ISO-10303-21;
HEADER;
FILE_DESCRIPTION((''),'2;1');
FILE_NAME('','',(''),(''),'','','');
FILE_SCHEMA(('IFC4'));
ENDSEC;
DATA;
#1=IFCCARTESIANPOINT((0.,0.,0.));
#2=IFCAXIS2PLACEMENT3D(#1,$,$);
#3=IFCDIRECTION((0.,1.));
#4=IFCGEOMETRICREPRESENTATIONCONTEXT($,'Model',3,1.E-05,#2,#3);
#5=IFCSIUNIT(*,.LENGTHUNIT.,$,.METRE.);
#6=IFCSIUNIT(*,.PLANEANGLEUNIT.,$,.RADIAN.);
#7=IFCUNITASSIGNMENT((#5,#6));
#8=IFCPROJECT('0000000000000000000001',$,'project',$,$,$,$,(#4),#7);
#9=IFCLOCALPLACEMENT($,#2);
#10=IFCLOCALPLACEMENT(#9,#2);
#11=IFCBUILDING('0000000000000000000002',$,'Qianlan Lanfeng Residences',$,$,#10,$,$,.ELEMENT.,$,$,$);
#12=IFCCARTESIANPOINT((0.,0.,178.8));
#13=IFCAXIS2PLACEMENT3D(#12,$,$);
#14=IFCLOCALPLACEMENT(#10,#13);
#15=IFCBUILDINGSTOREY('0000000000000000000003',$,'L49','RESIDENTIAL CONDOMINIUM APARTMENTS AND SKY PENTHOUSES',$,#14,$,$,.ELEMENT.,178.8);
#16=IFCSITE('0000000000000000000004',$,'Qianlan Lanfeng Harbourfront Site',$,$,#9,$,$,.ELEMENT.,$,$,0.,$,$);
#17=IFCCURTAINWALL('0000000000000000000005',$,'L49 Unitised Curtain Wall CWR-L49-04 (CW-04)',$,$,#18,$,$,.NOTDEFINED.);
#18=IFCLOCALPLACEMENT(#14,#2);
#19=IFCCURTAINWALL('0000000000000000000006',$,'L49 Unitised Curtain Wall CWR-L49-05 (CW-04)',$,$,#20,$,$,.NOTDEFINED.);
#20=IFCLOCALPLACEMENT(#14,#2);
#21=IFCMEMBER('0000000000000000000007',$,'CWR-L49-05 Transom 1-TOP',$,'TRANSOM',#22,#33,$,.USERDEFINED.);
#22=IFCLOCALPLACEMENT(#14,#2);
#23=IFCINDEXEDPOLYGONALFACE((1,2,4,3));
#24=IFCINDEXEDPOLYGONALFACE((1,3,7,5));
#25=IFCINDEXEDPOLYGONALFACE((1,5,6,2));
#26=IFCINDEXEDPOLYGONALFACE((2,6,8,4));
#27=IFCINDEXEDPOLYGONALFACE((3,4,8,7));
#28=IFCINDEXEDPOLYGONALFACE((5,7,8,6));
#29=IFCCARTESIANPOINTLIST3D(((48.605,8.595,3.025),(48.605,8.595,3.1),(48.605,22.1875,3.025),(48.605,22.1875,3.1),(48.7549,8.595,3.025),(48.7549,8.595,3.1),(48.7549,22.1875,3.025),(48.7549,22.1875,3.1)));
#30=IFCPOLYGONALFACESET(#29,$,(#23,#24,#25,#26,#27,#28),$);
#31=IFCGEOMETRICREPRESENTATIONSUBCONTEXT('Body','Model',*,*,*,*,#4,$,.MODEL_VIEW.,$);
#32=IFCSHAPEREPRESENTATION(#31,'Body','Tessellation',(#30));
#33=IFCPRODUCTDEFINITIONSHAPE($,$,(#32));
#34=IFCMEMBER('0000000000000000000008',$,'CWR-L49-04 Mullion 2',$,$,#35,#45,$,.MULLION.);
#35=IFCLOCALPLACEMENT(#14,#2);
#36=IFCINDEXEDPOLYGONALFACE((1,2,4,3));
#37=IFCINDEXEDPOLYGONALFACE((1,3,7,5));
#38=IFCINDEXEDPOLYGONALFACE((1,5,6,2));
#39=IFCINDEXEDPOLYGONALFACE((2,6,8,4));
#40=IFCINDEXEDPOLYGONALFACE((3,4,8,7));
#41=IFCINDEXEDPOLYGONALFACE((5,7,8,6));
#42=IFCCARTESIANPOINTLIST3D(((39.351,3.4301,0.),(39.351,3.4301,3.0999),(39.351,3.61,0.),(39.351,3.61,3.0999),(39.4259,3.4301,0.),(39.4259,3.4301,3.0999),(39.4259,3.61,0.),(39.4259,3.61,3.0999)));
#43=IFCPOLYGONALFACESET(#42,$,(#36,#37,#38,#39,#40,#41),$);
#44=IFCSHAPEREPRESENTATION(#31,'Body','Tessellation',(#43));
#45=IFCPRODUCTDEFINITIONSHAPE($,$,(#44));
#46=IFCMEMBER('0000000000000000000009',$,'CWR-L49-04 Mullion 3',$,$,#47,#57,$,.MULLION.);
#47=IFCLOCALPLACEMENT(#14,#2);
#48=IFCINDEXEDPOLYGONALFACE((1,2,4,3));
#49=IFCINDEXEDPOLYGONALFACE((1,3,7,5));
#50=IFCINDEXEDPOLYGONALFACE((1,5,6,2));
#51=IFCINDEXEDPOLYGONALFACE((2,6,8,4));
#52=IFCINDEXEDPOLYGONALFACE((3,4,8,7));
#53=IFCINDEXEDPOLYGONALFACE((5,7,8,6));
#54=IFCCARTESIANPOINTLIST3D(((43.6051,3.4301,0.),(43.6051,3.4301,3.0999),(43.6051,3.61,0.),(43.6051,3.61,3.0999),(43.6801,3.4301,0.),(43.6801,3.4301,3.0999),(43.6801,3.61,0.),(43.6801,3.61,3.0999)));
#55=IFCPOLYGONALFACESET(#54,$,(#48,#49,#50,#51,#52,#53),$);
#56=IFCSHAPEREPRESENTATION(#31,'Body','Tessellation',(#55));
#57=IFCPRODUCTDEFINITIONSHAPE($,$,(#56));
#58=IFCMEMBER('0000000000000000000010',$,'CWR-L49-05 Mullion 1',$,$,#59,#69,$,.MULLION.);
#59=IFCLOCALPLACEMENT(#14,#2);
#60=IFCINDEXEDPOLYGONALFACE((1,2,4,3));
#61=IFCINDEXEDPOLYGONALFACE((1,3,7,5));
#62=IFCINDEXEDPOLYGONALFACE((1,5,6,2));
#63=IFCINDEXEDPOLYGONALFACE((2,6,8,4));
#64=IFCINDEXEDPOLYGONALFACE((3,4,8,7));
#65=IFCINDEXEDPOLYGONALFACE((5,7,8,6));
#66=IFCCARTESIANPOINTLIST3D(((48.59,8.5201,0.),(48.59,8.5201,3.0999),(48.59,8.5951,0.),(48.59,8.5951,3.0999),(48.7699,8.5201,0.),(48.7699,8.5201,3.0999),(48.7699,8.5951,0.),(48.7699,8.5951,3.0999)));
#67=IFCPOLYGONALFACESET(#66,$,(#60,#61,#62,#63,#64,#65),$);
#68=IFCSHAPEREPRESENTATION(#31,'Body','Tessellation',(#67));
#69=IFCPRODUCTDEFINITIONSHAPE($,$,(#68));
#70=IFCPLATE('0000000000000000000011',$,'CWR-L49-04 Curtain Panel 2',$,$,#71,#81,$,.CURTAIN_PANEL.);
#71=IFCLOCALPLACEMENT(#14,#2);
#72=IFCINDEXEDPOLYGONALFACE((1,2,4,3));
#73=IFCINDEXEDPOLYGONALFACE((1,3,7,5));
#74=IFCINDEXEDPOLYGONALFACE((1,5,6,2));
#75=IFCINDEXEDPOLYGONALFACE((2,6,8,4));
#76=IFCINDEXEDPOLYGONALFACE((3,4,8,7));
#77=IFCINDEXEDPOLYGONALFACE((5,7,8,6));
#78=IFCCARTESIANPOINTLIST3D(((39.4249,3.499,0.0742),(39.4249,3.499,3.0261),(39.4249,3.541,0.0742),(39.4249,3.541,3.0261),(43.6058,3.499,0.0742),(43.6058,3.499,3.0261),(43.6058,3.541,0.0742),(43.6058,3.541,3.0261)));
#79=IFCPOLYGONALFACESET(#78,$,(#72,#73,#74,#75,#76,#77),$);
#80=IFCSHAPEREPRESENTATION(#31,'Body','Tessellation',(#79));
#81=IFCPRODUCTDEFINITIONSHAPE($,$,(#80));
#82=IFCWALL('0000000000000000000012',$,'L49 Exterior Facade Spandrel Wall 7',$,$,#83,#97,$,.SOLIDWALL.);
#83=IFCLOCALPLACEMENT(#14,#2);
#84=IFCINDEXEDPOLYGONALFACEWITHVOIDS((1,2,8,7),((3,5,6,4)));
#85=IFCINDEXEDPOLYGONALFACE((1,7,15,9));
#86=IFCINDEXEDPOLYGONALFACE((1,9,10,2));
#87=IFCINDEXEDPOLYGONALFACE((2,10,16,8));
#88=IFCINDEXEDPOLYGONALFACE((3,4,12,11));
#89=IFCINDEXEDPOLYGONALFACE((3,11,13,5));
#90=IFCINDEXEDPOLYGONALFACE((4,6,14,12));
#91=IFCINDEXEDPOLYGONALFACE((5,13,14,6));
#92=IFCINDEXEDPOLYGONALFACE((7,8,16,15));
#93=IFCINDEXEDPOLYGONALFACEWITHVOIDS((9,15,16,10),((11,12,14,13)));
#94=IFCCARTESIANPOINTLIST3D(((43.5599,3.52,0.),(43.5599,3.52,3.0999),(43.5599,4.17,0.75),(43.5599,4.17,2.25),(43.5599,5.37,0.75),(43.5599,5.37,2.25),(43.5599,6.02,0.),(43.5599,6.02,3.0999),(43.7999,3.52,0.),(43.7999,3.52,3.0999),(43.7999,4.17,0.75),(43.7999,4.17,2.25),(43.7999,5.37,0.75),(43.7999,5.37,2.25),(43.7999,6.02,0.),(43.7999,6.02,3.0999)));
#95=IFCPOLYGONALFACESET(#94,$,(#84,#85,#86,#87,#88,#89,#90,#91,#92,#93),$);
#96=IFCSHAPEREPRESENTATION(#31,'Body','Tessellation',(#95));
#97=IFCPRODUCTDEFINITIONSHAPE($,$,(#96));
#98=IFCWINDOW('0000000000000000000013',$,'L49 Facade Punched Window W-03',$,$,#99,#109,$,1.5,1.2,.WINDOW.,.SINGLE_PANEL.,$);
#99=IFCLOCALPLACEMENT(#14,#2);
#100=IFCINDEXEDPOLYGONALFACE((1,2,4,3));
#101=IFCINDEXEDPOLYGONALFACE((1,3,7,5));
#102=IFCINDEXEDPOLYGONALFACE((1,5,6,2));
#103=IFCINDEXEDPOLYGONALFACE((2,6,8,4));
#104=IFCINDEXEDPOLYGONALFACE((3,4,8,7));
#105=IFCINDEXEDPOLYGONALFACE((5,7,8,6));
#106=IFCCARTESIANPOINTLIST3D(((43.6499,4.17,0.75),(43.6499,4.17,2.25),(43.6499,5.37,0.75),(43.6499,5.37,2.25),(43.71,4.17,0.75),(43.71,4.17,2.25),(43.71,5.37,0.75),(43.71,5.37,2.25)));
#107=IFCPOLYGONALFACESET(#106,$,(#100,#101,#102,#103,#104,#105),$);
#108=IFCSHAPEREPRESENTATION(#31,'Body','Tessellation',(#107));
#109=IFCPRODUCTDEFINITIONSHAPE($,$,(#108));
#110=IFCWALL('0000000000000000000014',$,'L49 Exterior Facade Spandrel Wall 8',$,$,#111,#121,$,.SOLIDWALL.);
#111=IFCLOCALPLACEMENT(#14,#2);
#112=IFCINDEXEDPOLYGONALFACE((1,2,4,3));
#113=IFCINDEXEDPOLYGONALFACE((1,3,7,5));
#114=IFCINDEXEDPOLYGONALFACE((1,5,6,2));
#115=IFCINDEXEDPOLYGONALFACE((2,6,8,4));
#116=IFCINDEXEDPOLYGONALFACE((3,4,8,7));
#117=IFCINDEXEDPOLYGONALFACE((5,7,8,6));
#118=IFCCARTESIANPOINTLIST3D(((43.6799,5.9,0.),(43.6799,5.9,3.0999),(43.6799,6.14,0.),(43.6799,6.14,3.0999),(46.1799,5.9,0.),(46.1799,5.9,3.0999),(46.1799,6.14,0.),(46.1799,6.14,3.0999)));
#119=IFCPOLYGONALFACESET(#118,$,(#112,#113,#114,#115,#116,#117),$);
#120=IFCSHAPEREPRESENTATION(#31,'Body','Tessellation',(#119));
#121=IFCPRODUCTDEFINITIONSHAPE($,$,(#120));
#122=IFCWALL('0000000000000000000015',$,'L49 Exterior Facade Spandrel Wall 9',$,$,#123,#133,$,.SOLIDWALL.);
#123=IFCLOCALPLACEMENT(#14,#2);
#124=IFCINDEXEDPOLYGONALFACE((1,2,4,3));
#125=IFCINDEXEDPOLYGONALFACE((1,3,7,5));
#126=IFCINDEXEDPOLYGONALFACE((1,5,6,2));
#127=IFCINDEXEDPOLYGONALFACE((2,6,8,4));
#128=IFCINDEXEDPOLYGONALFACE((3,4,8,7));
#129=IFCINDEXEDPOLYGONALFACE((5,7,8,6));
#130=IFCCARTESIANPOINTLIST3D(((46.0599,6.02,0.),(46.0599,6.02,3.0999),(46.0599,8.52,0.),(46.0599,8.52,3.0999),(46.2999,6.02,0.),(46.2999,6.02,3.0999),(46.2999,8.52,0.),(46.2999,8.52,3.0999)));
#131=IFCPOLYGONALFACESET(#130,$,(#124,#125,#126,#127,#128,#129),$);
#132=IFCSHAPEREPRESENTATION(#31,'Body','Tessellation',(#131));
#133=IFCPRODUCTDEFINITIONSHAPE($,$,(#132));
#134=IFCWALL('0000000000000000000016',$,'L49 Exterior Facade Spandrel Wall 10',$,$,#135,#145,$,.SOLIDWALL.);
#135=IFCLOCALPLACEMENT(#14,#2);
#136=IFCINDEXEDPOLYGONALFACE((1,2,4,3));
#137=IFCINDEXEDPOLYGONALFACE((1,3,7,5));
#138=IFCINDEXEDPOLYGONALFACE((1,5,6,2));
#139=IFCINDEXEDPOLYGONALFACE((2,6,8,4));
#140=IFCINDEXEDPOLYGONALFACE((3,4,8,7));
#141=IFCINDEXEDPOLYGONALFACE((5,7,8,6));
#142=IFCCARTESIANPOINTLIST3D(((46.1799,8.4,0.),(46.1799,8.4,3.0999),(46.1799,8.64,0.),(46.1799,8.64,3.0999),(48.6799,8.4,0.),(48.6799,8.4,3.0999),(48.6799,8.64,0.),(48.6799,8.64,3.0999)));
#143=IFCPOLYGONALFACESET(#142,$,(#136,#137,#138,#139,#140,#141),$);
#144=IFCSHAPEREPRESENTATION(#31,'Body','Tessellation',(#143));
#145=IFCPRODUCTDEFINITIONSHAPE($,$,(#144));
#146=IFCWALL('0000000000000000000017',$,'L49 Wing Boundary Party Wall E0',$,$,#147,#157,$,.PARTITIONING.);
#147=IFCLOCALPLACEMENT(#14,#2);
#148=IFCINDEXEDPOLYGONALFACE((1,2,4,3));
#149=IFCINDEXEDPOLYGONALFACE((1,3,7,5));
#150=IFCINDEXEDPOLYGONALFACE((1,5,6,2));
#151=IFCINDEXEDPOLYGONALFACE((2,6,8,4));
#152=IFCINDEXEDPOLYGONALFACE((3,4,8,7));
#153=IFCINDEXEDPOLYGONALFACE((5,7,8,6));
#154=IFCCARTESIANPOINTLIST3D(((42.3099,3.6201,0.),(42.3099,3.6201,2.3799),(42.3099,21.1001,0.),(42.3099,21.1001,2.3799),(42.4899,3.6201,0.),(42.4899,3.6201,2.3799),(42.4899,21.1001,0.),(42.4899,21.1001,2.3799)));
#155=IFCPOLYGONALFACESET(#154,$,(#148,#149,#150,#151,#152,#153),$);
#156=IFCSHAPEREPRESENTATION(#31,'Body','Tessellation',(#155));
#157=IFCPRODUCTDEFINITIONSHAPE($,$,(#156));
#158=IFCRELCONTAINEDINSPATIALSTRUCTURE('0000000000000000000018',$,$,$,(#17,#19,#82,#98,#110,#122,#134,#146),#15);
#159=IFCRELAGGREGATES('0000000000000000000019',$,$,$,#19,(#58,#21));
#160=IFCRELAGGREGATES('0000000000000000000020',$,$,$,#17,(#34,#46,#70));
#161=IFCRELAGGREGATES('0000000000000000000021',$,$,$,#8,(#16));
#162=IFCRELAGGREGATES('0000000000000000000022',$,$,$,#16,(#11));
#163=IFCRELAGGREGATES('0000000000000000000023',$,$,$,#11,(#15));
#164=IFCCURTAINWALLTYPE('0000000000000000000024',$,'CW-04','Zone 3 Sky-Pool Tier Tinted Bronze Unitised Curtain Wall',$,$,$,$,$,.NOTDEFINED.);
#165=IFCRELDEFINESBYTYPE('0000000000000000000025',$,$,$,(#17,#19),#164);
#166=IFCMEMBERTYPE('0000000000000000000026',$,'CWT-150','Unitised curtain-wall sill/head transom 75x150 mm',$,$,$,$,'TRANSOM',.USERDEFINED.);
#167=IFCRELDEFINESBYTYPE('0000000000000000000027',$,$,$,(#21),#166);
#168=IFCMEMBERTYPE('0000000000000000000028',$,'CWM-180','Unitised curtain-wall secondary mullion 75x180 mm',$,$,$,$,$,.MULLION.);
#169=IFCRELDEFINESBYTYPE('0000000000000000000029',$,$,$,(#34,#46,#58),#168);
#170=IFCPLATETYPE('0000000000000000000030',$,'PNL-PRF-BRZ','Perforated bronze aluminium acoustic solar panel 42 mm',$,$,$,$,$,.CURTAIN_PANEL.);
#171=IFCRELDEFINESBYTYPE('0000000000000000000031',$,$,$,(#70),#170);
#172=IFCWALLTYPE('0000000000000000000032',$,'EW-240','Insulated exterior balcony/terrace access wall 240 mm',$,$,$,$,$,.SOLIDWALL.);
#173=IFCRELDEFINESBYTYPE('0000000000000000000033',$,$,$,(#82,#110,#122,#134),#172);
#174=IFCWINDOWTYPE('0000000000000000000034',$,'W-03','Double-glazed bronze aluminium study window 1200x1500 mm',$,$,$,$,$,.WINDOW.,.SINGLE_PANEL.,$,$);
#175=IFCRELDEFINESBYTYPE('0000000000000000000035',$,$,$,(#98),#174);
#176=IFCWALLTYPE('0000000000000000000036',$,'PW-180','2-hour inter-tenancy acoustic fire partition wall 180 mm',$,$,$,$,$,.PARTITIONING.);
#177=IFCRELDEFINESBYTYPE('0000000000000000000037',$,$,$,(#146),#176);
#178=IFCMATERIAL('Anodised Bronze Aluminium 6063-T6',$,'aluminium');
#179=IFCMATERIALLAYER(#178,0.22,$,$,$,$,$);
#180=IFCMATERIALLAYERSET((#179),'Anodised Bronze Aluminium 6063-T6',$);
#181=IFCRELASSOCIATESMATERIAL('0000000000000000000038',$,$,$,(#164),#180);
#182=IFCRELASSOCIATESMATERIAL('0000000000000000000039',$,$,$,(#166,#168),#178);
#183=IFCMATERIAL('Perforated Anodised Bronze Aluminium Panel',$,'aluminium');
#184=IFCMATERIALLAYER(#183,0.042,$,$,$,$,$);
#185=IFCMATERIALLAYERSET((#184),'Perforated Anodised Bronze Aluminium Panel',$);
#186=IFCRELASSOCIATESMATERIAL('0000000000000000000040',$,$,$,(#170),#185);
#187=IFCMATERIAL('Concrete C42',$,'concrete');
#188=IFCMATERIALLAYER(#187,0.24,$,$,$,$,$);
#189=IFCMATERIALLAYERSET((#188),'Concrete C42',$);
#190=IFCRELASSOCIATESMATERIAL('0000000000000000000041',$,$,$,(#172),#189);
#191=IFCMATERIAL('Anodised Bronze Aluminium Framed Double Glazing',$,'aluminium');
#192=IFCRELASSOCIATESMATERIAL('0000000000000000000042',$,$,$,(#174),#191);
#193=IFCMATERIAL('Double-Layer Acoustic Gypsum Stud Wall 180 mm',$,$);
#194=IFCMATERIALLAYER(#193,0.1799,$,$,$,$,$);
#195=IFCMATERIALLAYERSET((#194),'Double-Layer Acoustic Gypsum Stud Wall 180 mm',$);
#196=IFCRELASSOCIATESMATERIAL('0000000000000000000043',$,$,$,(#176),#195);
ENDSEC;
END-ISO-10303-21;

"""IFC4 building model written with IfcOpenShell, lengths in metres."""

from ifc_helpers import new_model, si_unit, direction, frame, frame_2d, origin, origin_2d, place, context, subcontext, project, spatial, rectangle, extrude, source, transform, mapped, material, layer, layer_set, material_profile, profile_set, type_object, element, fill, aggregate, save


model = new_model("IFC4")

# Units and contexts
model_context = context("Model", 3, precision=1e-05, world=origin(), true_north=direction((0.0, 1.0)))
body_context = subcontext(model_context, "Body", "Model", "MODEL_VIEW")
ifc_project = project(units=[si_unit("LENGTHUNIT", "METRE"), si_unit("PLANEANGLEUNIT", "RADIAN")], contexts=[model_context])

# Site, building, storey
site_placement = place(None, origin())
site = spatial("IfcSite", under=ifc_project, at=site_placement, Name="Qianlan Lanfeng Harbourfront Site", CompositionType="ELEMENT", RefElevation=0.0)
building_placement = place(site_placement, origin())
building = spatial("IfcBuilding", under=site, at=building_placement, Name="Qianlan Lanfeng Residences", CompositionType="ELEMENT")
storey_placement = place(building_placement, frame((0.0, 0.0, 178.8)))
storey = spatial("IfcBuildingStorey", under=building, at=storey_placement, Name="L49", Description="RESIDENTIAL CONDOMINIUM APARTMENTS AND SKY PENTHOUSES", CompositionType="ELEMENT", Elevation=178.8)

# Curtain walls, member
ifc_material_1 = material(Name="Anodised Bronze Aluminium 6063-T6", Category="aluminium")
ifc_layer_1 = layer(ifc_material_1, 0.22)
ifc_layer_set_1 = layer_set([ifc_layer_1], Name="Anodised Bronze Aluminium 6063-T6")
curtain_wall_type = type_object("IfcCurtainWallType", Name="CW-04", Description="Zone 3 Sky-Pool Tier Tinted Bronze Unitised Curtain Wall", PredefinedType="NOTDEFINED", material=ifc_layer_set_1)
curtain_wall_1_placement = place(storey_placement, origin())
curtain_wall_1 = element("IfcCurtainWall", 1, at=curtain_wall_1_placement, inside=storey, type_object=curtain_wall_type, Name="L49 Unitised Curtain Wall CWR-L49-04 (CW-04)", PredefinedType="NOTDEFINED")
ifc_material_profile_1 = material_profile(ifc_material_1, rectangle(XDim=0.075, YDim=0.1499, at=origin_2d()), Name="ALU TRANSOM 75x150")
ifc_profile_set_1 = profile_set([ifc_material_profile_1], Name="Anodised Bronze Aluminium 6063-T6")
member_type_1 = type_object("IfcMemberType", Name="CWT-150", Description="Unitised curtain-wall sill/head transom 75x150 mm", ElementType="TRANSOM", PredefinedType="USERDEFINED", material=ifc_profile_set_1)
curtain_wall_2_placement = place(storey_placement, origin())
curtain_wall_2 = element("IfcCurtainWall", 2, at=curtain_wall_2_placement, inside=storey, type_object=curtain_wall_type, Name="L49 Unitised Curtain Wall CWR-L49-05 (CW-04)", PredefinedType="NOTDEFINED")
shared_shape_1 = source(origin(), body_context, "Body", "SweptSolid", [
    extrude(rectangle(XDim=0.075, YDim=0.1499, at=origin_2d()), origin(), (0.0, 0.0, 1.0), 13.5925),
])
member_1_placement = place(storey_placement, frame((48.6799, 8.595, 3.0625), z_axis=(0.0, 1.0, 0.0), x_axis=(0.0, 0.0, 1.0)))
member_1 = element("IfcMember", 3, at=member_1_placement, type_object=member_type_1, Name="CWR-L49-05 Transom 1-TOP", ObjectType="TRANSOM", PredefinedType="USERDEFINED", context=body_context, shape_type="MappedRepresentation", body=[
    mapped(shared_shape_1, transform((0.0, 0.0, 0.0), scale=1.0)),
])

# Members
ifc_material_profile_2 = material_profile(ifc_material_1, rectangle(XDim=0.075, YDim=0.1799, at=origin_2d()), Name="ALU MULLION 75x180")
ifc_profile_set_2 = profile_set([ifc_material_profile_2], Name="Anodised Bronze Aluminium 6063-T6")
member_type_2 = type_object("IfcMemberType", Name="CWM-180", Description="Unitised curtain-wall secondary mullion 75x180 mm", PredefinedType="MULLION", material=ifc_profile_set_2)
shared_shape_2 = source(origin(), body_context, "Body", "SweptSolid", [
    extrude(rectangle(XDim=0.075, YDim=0.1799, at=origin_2d()), origin(), (0.0, 0.0, 1.0), 3.0999),
])
member_2_placement = place(storey_placement, frame((39.3884, 3.52, 0.0), z_axis=(0.0, 0.0, 1.0), x_axis=(1.0, 0.0, 0.0)))
member_2 = element("IfcMember", 4, at=member_2_placement, type_object=member_type_2, Name="CWR-L49-04 Mullion 2", PredefinedType="MULLION", context=body_context, shape_type="MappedRepresentation", body=[
    mapped(shared_shape_2, transform((0.0, 0.0, 0.0), scale=1.0)),
])
member_3_placement = place(storey_placement, frame((43.6426, 3.52, 0.0), z_axis=(0.0, 0.0, 1.0), x_axis=(1.0, 0.0, 0.0)))
member_3 = element("IfcMember", 5, at=member_3_placement, type_object=member_type_2, Name="CWR-L49-04 Mullion 3", PredefinedType="MULLION", context=body_context, shape_type="MappedRepresentation", body=[
    mapped(shared_shape_2, transform((0.0, 0.0, 0.0), scale=1.0)),
])
member_4_placement = place(storey_placement, frame((48.6799, 8.5576, 0.0), z_axis=(0.0, 0.0, 1.0), x_axis=(0.0, 1.0, 0.0)))
member_4 = element("IfcMember", 6, at=member_4_placement, type_object=member_type_2, Name="CWR-L49-05 Mullion 1", PredefinedType="MULLION", context=body_context, shape_type="MappedRepresentation", body=[
    mapped(shared_shape_2, transform((0.0, 0.0, 0.0), scale=1.0)),
])
aggregate(curtain_wall_2, [member_4, member_1])

# Plate
ifc_material_2 = material(Name="Perforated Anodised Bronze Aluminium Panel", Category="aluminium")
ifc_layer_2 = layer(ifc_material_2, 0.042)
ifc_layer_set_2 = layer_set([ifc_layer_2], Name="Perforated Anodised Bronze Aluminium Panel")
plate_type = type_object("IfcPlateType", Name="PNL-PRF-BRZ", Description="Perforated bronze aluminium acoustic solar panel 42 mm", PredefinedType="CURTAIN_PANEL", material=ifc_layer_set_2)
shared_shape_3 = source(origin(), body_context, "Body", "SweptSolid", [
    extrude(rectangle(XDim=4.1809, YDim=0.042, at=origin_2d()), origin(), (0.0, 0.0, 1.0), 2.9519),
])
plate_placement = place(storey_placement, frame((41.5154, 3.52, 0.0742), z_axis=(0.0, 0.0, 1.0), x_axis=(1.0, 0.0, 0.0)))
plate = element("IfcPlate", 7, at=plate_placement, type_object=plate_type, Name="CWR-L49-04 Curtain Panel 2", PredefinedType="CURTAIN_PANEL", context=body_context, shape_type="MappedRepresentation", body=[
    mapped(shared_shape_3, transform((0.0, 0.0, 0.0), scale=1.0)),
])
aggregate(curtain_wall_1, [member_2, member_3, plate])

# Wall, opening, window
ifc_material_3 = material(Name="Concrete C42", Category="concrete")
ifc_layer_3 = layer(ifc_material_3, 0.24)
ifc_layer_set_3 = layer_set([ifc_layer_3], Name="Concrete C42")
wall_type_1 = type_object("IfcWallType", Name="EW-240", Description="Insulated exterior balcony/terrace access wall 240 mm", PredefinedType="SOLIDWALL", material=ifc_layer_set_3)
wall_1_placement = place(storey_placement, frame((43.6799, 3.52, 0.0), z_axis=(0.0, 0.0, 1.0), x_axis=(0.0, 1.0, 0.0)))
wall_1 = element("IfcWall", 8, at=wall_1_placement, inside=storey, type_object=wall_type_1, Name="L49 Exterior Facade Spandrel Wall 7", PredefinedType="SOLIDWALL", context=body_context, shape_type="SweptSolid", body=[
    extrude(rectangle(XDim=2.5, YDim=0.24, at=frame_2d((1.25, 0.0))), origin(), (0.0, 0.0, 1.0), 3.0999),
])
opening_placement = place(wall_1_placement, frame((0.6499, 0.0, 0.75)))
opening = element("IfcOpeningElement", 9, at=opening_placement, cuts=wall_1, PredefinedType="OPENING", context=body_context, shape_type="SweptSolid", body=[
    extrude(rectangle(XDim=1.2, YDim=1.5, at=frame_2d((0.6001, 0.75))), frame((0.0, 0.1299, 0.0), z_axis=(0.0, -1.0, 0.0), x_axis=(1.0, 0.0, 0.0)), (0.0, 0.0, 1.0), 0.26),
])
ifc_material_4 = material(Name="Anodised Bronze Aluminium Framed Double Glazing", Category="aluminium")
window_type = type_object("IfcWindowType", Name="W-03", Description="Double-glazed bronze aluminium study window 1200x1500 mm", PartitioningType="SINGLE_PANEL", PredefinedType="WINDOW", material=ifc_material_4)
window_placement = place(opening_placement, origin())
window = element("IfcWindow", 10, at=window_placement, inside=storey, type_object=window_type, Name="L49 Facade Punched Window W-03", OverallHeight=1.5, OverallWidth=1.2, PartitioningType="SINGLE_PANEL", PredefinedType="WINDOW", context=body_context, shape_type="SweptSolid", body=[
    extrude(rectangle(XDim=1.2, YDim=1.5, at=frame_2d((0.6001, 0.75))), frame((0.0, 0.03, 0.0), z_axis=(0.0, -1.0, 0.0), x_axis=(1.0, 0.0, 0.0)), (0.0, 0.0, 1.0), 0.0601),
])
fill(opening, window)

# Walls
for number, where, z_axis, x_axis, name in (
    (11, (43.6799, 6.02, 0.0), (0.0, 0.0, 1.0), (1.0, 0.0, 0.0), "L49 Exterior Facade Spandrel Wall 8"),
    (12, (46.1799, 6.02, 0.0), (0.0, 0.0, 1.0), (0.0, 1.0, 0.0), "L49 Exterior Facade Spandrel Wall 9"),
    (13, (46.1799, 8.52, 0.0), (0.0, 0.0, 1.0), (1.0, 0.0, 0.0), "L49 Exterior Facade Spandrel Wall 10"),
):
    element("IfcWall", number, at=place(storey_placement, frame(where, z_axis=z_axis, x_axis=x_axis)), inside=storey, type_object=wall_type_1, Name=name, PredefinedType="SOLIDWALL", context=body_context, shape_type="SweptSolid", body=[
        extrude(rectangle(XDim=2.5, YDim=0.24, at=frame_2d((1.25, 0.0))), origin(), (0.0, 0.0, 1.0), 3.0999),
    ])
ifc_material_5 = material(Name="Double-Layer Acoustic Gypsum Stud Wall 180 mm")
ifc_layer_4 = layer(ifc_material_5, 0.1799)
ifc_layer_set_4 = layer_set([ifc_layer_4], Name="Double-Layer Acoustic Gypsum Stud Wall 180 mm")
wall_type_2 = type_object("IfcWallType", Name="PW-180", Description="2-hour inter-tenancy acoustic fire partition wall 180 mm", PredefinedType="PARTITIONING", material=ifc_layer_set_4)
wall_2_placement = place(storey_placement, frame((42.3999, 3.6201, 0.0), z_axis=(0.0, 0.0, 1.0), x_axis=(0.0, 1.0, 0.0)))
element("IfcWall", 14, at=wall_2_placement, inside=storey, type_object=wall_type_2, Name="L49 Wing Boundary Party Wall E0", PredefinedType="PARTITIONING", context=body_context, shape_type="SweptSolid", body=[
    extrude(rectangle(XDim=17.48, YDim=0.1799, at=frame_2d((8.74, 0.0))), origin(), (0.0, 0.0, 1.0), 2.3799),
])

save(model, "model.ifc")
